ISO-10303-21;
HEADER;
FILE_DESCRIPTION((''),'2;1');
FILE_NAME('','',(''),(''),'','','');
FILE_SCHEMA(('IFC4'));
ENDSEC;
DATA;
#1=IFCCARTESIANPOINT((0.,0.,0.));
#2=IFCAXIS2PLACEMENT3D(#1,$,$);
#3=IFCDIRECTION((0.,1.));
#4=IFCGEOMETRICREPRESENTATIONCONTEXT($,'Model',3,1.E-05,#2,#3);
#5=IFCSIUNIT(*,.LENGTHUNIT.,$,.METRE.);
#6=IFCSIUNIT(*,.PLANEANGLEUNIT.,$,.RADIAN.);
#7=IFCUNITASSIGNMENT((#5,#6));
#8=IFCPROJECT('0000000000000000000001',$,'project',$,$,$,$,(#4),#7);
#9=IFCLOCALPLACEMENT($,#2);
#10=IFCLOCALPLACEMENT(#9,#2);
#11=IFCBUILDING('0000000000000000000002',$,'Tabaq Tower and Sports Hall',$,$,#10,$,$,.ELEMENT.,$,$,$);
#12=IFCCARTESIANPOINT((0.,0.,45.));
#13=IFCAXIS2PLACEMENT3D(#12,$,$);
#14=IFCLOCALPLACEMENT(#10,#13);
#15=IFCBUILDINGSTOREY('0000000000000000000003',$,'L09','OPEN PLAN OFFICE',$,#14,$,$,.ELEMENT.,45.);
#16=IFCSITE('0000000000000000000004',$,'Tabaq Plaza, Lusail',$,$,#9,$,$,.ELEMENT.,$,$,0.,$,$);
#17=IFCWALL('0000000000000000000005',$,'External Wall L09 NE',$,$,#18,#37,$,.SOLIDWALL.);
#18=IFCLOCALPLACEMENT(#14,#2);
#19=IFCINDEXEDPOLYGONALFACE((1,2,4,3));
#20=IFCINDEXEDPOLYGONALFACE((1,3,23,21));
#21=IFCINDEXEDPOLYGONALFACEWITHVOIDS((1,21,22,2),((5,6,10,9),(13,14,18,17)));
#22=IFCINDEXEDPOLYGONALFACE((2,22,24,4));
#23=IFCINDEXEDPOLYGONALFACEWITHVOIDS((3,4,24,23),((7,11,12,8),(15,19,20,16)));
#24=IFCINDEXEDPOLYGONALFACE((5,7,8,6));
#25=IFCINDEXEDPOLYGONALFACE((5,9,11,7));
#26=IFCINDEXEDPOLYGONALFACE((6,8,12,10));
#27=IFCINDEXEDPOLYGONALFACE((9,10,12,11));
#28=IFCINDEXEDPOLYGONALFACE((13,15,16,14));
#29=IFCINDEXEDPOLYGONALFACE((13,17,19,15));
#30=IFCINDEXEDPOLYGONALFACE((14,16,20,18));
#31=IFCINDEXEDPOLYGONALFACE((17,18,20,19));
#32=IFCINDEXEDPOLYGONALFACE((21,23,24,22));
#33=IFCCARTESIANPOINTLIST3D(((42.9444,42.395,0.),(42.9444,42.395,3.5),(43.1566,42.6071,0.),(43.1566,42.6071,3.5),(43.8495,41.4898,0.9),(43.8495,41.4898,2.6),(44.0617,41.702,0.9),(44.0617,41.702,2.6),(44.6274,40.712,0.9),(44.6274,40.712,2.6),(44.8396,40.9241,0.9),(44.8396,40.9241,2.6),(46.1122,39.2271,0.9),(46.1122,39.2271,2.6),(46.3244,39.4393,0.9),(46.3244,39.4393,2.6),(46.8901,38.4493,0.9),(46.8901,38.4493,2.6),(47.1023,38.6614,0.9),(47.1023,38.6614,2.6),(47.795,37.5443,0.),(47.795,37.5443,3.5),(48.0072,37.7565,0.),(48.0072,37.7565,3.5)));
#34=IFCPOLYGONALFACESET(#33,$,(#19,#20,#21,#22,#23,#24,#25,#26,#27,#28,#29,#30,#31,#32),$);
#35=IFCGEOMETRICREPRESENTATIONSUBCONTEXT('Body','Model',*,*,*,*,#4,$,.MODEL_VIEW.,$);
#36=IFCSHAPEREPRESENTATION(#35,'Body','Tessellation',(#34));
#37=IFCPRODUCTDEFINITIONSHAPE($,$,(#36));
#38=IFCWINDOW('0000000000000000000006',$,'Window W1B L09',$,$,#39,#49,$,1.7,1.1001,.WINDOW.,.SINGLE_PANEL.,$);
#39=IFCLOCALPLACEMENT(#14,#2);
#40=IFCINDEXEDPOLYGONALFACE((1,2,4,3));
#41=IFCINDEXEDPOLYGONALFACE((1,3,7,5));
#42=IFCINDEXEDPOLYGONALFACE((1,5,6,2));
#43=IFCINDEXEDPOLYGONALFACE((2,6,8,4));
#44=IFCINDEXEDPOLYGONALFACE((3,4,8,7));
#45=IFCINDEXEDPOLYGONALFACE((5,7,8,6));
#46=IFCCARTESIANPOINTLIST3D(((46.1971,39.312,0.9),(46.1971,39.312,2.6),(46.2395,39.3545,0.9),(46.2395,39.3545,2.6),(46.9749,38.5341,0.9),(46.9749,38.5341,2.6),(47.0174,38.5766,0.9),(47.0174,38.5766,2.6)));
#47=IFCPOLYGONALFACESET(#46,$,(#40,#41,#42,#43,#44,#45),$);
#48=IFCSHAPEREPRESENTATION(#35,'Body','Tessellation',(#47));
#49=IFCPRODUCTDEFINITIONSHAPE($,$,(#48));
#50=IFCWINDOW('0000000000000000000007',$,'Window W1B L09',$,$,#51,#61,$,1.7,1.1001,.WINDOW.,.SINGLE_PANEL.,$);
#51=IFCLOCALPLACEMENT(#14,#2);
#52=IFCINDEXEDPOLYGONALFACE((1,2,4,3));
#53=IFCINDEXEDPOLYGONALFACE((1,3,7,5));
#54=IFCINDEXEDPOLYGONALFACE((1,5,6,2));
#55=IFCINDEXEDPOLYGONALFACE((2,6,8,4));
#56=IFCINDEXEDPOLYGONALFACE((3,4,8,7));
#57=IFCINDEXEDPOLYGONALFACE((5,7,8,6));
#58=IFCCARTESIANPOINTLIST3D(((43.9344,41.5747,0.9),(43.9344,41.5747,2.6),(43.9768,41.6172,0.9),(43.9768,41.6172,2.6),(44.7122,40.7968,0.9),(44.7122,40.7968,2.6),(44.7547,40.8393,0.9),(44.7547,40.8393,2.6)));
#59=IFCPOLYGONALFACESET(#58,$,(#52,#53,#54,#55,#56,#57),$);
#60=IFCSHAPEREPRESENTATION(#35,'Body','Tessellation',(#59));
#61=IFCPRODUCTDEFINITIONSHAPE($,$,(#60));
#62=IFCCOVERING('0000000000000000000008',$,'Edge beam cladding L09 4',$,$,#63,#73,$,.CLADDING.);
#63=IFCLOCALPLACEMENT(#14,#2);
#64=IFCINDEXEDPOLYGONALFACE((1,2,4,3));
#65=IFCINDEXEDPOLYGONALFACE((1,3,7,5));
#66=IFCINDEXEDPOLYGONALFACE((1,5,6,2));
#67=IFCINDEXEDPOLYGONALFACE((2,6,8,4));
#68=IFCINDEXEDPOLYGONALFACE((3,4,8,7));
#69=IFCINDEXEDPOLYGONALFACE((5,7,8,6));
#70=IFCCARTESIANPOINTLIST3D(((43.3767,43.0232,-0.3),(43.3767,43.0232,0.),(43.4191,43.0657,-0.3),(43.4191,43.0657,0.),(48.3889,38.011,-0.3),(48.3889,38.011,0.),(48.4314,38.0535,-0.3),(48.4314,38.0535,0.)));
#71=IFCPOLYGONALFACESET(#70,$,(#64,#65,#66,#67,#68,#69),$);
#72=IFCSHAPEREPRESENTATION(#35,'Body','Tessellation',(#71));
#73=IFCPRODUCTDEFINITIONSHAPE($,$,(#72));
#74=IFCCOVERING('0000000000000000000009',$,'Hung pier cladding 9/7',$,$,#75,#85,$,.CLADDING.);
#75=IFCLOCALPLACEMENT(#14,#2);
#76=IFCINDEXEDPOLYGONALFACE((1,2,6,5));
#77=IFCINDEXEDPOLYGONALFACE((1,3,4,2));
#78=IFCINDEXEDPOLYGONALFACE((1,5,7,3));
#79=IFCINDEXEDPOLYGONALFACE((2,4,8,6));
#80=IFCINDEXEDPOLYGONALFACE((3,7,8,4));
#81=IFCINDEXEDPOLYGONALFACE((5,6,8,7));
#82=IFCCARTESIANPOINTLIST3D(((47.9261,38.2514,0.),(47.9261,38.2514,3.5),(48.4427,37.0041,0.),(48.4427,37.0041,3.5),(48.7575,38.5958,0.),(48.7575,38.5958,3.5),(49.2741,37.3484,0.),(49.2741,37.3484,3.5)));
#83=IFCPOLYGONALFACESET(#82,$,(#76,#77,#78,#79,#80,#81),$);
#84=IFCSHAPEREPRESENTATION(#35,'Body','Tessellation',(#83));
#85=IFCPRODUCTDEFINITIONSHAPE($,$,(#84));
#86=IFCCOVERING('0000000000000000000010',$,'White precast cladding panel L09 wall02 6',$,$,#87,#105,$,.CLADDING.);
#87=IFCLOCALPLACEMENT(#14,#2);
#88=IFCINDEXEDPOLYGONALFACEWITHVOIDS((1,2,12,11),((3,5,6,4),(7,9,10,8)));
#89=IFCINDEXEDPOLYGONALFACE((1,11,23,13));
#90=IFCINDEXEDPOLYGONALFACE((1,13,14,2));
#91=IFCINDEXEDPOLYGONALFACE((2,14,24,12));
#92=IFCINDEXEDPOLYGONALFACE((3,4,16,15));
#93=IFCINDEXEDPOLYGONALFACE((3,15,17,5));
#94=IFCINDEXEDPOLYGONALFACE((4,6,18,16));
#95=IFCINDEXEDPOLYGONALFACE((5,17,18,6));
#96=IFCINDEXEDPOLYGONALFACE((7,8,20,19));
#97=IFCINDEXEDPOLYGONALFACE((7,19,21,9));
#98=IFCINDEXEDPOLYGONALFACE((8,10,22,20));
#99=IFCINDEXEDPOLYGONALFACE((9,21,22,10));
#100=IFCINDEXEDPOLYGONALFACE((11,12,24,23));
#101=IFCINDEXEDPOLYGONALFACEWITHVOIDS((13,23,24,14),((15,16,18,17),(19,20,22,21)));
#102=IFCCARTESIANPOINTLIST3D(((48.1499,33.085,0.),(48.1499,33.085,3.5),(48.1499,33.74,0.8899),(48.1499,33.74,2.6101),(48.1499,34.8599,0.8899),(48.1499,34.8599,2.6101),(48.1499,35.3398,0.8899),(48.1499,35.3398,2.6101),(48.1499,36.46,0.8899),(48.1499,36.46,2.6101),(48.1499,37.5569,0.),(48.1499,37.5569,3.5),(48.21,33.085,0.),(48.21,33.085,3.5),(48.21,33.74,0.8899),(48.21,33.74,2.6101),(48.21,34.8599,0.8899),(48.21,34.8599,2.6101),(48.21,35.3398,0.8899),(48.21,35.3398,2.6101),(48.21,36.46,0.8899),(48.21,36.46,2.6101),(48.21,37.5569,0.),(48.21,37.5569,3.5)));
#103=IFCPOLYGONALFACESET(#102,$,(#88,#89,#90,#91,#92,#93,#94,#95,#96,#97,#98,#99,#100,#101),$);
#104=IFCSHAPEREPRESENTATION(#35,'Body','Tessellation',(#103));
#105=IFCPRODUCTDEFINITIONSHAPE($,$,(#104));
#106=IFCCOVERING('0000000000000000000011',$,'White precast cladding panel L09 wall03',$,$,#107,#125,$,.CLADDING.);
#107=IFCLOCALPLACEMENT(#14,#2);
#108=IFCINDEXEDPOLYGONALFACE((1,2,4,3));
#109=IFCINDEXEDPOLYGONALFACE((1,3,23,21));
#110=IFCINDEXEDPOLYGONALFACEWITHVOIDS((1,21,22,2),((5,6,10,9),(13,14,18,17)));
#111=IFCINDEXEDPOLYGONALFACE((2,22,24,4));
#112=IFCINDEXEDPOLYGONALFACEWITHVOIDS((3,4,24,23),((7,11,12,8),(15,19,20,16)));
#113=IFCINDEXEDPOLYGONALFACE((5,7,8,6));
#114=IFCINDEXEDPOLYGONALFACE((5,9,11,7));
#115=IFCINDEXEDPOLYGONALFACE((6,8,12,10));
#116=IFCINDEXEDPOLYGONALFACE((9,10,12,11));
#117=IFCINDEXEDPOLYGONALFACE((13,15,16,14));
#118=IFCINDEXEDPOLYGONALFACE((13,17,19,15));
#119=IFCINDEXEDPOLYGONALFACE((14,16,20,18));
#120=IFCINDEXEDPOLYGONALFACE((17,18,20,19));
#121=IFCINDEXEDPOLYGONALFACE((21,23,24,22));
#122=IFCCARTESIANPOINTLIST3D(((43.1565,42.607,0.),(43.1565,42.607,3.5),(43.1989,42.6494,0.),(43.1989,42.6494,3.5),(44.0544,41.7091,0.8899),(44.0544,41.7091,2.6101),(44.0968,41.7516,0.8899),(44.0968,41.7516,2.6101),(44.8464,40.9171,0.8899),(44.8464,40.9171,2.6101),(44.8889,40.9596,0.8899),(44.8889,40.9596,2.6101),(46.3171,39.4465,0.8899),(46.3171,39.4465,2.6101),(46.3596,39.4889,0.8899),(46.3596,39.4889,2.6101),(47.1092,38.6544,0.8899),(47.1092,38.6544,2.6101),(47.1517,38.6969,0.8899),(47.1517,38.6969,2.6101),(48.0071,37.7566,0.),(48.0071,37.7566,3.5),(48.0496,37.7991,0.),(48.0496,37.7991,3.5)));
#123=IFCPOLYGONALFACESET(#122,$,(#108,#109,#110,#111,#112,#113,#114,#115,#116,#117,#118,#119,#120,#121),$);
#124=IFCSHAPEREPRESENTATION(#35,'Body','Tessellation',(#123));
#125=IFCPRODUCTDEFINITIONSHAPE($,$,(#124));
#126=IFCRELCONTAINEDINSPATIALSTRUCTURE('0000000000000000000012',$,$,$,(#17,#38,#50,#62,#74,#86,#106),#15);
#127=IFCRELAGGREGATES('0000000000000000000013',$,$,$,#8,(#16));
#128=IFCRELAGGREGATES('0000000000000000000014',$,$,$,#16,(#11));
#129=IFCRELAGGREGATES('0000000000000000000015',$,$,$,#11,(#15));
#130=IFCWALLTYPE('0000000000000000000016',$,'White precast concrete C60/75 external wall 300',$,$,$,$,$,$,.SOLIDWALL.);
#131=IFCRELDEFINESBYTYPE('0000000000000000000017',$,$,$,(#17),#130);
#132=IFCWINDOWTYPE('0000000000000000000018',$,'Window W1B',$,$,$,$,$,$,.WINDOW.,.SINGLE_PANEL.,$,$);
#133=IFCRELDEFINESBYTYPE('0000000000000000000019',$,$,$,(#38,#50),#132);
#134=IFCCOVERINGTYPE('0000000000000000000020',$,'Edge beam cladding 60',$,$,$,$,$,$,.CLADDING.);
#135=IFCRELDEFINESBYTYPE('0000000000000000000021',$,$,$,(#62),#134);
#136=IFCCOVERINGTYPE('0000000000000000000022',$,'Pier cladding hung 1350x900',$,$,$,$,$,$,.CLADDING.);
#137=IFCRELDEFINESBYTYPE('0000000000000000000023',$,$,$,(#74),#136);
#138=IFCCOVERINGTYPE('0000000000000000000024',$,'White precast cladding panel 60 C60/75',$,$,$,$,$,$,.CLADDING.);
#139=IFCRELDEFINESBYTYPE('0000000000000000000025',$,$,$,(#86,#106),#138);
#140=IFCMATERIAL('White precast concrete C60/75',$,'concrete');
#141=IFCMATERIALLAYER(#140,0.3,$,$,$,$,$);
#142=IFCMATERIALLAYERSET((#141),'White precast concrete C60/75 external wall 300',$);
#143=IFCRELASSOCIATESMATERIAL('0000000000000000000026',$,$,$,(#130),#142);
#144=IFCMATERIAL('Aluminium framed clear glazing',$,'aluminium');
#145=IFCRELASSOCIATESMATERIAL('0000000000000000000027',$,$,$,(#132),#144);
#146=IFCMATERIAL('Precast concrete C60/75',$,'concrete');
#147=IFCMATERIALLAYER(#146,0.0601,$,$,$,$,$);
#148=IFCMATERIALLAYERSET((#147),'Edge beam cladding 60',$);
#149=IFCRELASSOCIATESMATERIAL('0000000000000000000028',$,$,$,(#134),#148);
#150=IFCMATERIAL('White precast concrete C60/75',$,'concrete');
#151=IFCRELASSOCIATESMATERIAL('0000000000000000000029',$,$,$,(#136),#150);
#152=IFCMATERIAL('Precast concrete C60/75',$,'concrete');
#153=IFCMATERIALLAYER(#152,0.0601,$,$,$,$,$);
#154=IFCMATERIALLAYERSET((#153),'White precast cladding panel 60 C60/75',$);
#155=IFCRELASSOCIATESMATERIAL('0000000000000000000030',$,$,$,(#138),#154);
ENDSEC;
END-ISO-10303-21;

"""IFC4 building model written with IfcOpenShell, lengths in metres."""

from ifc_helpers import new_model, si_unit, direction, frame, frame_2d, origin, place, context, subcontext, project, spatial, polyline, rectangle, outline, extrude, material, layer, layer_set, type_object, element, fill, save


model = new_model("IFC4")

# Units and contexts
model_context = context("Model", 3, precision=1e-05, world=origin(), true_north=direction((0.0, 1.0)))
body_context = subcontext(model_context, "Body", "Model", "MODEL_VIEW")
ifc_project = project(units=[si_unit("LENGTHUNIT", "METRE"), si_unit("PLANEANGLEUNIT", "RADIAN")], contexts=[model_context])

# Site, building, storey
site_placement = place(None, origin())
site = spatial("IfcSite", under=ifc_project, at=site_placement, Name="Tabaq Plaza, Lusail", CompositionType="ELEMENT", RefElevation=0.0)
building_placement = place(site_placement, origin())
building = spatial("IfcBuilding", under=site, at=building_placement, Name="Tabaq Tower and Sports Hall", CompositionType="ELEMENT")
storey_placement = place(building_placement, frame((0.0, 0.0, 45.0)))
storey = spatial("IfcBuildingStorey", under=building, at=storey_placement, Name="L09", Description="OPEN PLAN OFFICE", CompositionType="ELEMENT", Elevation=45.0)

# Wall, openings, windows
ifc_material_1 = material(Name="White precast concrete C60/75", Category="concrete")
ifc_layer_1 = layer(ifc_material_1, 0.3)
ifc_layer_set_1 = layer_set([ifc_layer_1], Name="White precast concrete C60/75 external wall 300")
wall_type_1 = type_object("IfcWallType", Name="White precast concrete C60/75 external wall 300", PredefinedType="SOLIDWALL", material=ifc_layer_set_1)
wall_1_placement = place(storey_placement, frame((47.9011, 37.6504, 0.0), z_axis=(0.0, 0.0, 1.0), x_axis=(-0.707107, 0.707107, 0.0)))
wall_1 = element("IfcWall", 1, at=wall_1_placement, inside=storey, type_object=wall_type_1, Name="External Wall L09 NE", PredefinedType="SOLIDWALL", context=body_context, shape_type="SweptSolid", body=[
    extrude(rectangle(XDim=6.8599, YDim=0.3, at=frame_2d((3.4299, 0.0))), origin(), (0.0, 0.0, 1.0), 3.5),
])
opening_1_placement = place(wall_1_placement, frame((1.2798, 0.0, 0.8999)))
opening_1 = element("IfcOpeningElement", 2, at=opening_1_placement, cuts=wall_1, PredefinedType="OPENING", context=body_context, shape_type="SweptSolid", body=[
    extrude(rectangle(XDim=1.1001, YDim=1.7, at=frame_2d((0.55, 0.8501))), frame((0.0, 0.1602, 0.0), z_axis=(0.0, -1.0, 0.0), x_axis=(1.0, 0.0, 0.0)), (0.0, 0.0, 1.0), 0.3201),
])
opening_2_placement = place(wall_1_placement, frame((4.4797, 0.0, 0.8999)))
opening_2 = element("IfcOpeningElement", 3, at=opening_2_placement, cuts=wall_1, PredefinedType="OPENING", context=body_context, shape_type="SweptSolid", body=[
    extrude(rectangle(XDim=1.1001, YDim=1.7, at=frame_2d((0.55, 0.8501))), frame((0.0, 0.1602, 0.0), z_axis=(0.0, -1.0, 0.0), x_axis=(1.0, 0.0, 0.0)), (0.0, 0.0, 1.0), 0.3201),
])
ifc_material_2 = material(Name="Aluminium framed clear glazing", Category="aluminium")
window_type = type_object("IfcWindowType", Name="Window W1B", PartitioningType="SINGLE_PANEL", PredefinedType="WINDOW", material=ifc_material_2)
window_1_placement = place(opening_1_placement, origin())
window_1 = element("IfcWindow", 4, at=window_1_placement, inside=storey, type_object=window_type, Name="Window W1B L09", OverallHeight=1.7, OverallWidth=1.1001, PartitioningType="SINGLE_PANEL", PredefinedType="WINDOW", context=body_context, shape_type="SweptSolid", body=[
    extrude(rectangle(XDim=1.1001, YDim=1.7, at=frame_2d((0.55, 0.8501))), frame((0.0, 0.03, 0.0), z_axis=(0.0, -1.0, 0.0), x_axis=(1.0, 0.0, 0.0)), (0.0, 0.0, 1.0), 0.0601),
])
fill(opening_1, window_1)
window_2_placement = place(opening_2_placement, origin())
window_2 = element("IfcWindow", 5, at=window_2_placement, inside=storey, type_object=window_type, Name="Window W1B L09", OverallHeight=1.7, OverallWidth=1.1001, PartitioningType="SINGLE_PANEL", PredefinedType="WINDOW", context=body_context, shape_type="SweptSolid", body=[
    extrude(rectangle(XDim=1.1001, YDim=1.7, at=frame_2d((0.55, 0.8501))), frame((0.0, 0.03, 0.0), z_axis=(0.0, -1.0, 0.0), x_axis=(1.0, 0.0, 0.0)), (0.0, 0.0, 1.0), 0.0601),
])
fill(opening_2, window_2)

# Coverings
ifc_material_3 = material(Name="Precast concrete C60/75", Category="concrete")
ifc_layer_2 = layer(ifc_material_3, 0.0601)
ifc_layer_set_2 = layer_set([ifc_layer_2], Name="Edge beam cladding 60")
covering_type_1 = type_object("IfcCoveringType", Name="Edge beam cladding 60", PredefinedType="CLADDING", material=ifc_layer_set_2)
covering_1_placement = place(storey_placement, frame((48.4102, 38.0322, -0.3), z_axis=(0.0, 0.0, 1.0), x_axis=(-0.707107, 0.707107, 0.0)))
element("IfcCovering", 6, at=covering_1_placement, inside=storey, type_object=covering_type_1, Name="Edge beam cladding L09 4", PredefinedType="CLADDING", context=body_context, shape_type="SweptSolid", body=[
    extrude(rectangle(XDim=7.0884, YDim=0.0601, at=frame_2d((3.5442, 0.0))), origin(), (0.0, 0.0, 1.0), 0.3),
])
ifc_material_4 = material(Name="White precast concrete C60/75", Category="concrete")
covering_type_2 = type_object("IfcCoveringType", Name="Pier cladding hung 1350x900", PredefinedType="CLADDING", material=ifc_material_4)
covering_2_placement = place(storey_placement, frame((48.8584, 37.1763, 0.0), z_axis=(0.0, 0.0, 1.0), x_axis=(-0.38265, 0.923893, 0.0)))
element("IfcCovering", 7, at=covering_2_placement, inside=storey, type_object=covering_type_2, Name="Hung pier cladding 9/7", PredefinedType="CLADDING", context=body_context, shape_type="SweptSolid", body=[
    extrude(rectangle(XDim=1.3501, YDim=0.8999, at=frame_2d((0.675, 0.0))), origin(), (0.0, 0.0, 1.0), 3.5),
])
ifc_material_5 = material(Name="Precast concrete C60/75", Category="concrete")
ifc_layer_3 = layer(ifc_material_5, 0.0601)
ifc_layer_set_3 = layer_set([ifc_layer_3], Name="White precast cladding panel 60 C60/75")
covering_type_3 = type_object("IfcCoveringType", Name="White precast cladding panel 60 C60/75", PredefinedType="CLADDING", material=ifc_layer_set_3)
covering_3_placement = place(storey_placement, frame((48.1799, 33.085, 0.0), z_axis=(0.0, 0.0, 1.0), x_axis=(0.0, 1.0, 0.0)))
element("IfcCovering", 8, at=covering_3_placement, inside=storey, type_object=covering_type_3, Name="White precast cladding panel L09 wall02 6", PredefinedType="CLADDING", context=body_context, shape_type="SweptSolid", body=[
    extrude(outline(polyline([(0.0, 0.0), (4.4719, 0.0), (4.4719, 3.5), (0.0, 3.5), (0.0, 0.0)]), holes=[polyline([(0.655, 2.6101), (1.7749, 2.6101), (1.7749, 0.8899), (0.655, 0.8899), (0.655, 2.6101)]), polyline([(2.2549, 2.6101), (3.375, 2.6101), (3.375, 0.8899), (2.2549, 0.8899), (2.2549, 2.6101)])]), frame((0.0, 0.03, 0.0), z_axis=(0.0, -1.0, 0.0), x_axis=(1.0, 0.0, 0.0)), (0.0, 0.0, 1.0), 0.0601),
])
covering_4_placement = place(storey_placement, frame((48.0283, 37.7778, 0.0), z_axis=(0.0, 0.0, 1.0), x_axis=(-0.707125, 0.707089, 0.0)))
element("IfcCovering", 9, at=covering_4_placement, inside=storey, type_object=covering_type_3, Name="White precast cladding panel L09 wall03", PredefinedType="CLADDING", context=body_context, shape_type="SweptSolid", body=[
    extrude(outline(polyline([(0.0, 0.0), (6.8596, 0.0), (6.8596, 3.5), (0.0, 3.5), (0.0, 0.0)]), holes=[polyline([(1.2698, 2.6101), (2.3899, 2.6101), (2.3899, 0.8899), (1.2698, 0.8899), (1.2698, 2.6101)]), polyline([(4.4697, 2.6101), (5.5898, 2.6101), (5.5898, 0.8899), (4.4697, 0.8899), (4.4697, 2.6101)])]), frame((0.0, 0.03, 0.0), z_axis=(0.0, -1.0, 0.0), x_axis=(1.0, 0.0, 0.0)), (0.0, 0.0, 1.0), 0.0601),
])

save(model, "model.ifc")
